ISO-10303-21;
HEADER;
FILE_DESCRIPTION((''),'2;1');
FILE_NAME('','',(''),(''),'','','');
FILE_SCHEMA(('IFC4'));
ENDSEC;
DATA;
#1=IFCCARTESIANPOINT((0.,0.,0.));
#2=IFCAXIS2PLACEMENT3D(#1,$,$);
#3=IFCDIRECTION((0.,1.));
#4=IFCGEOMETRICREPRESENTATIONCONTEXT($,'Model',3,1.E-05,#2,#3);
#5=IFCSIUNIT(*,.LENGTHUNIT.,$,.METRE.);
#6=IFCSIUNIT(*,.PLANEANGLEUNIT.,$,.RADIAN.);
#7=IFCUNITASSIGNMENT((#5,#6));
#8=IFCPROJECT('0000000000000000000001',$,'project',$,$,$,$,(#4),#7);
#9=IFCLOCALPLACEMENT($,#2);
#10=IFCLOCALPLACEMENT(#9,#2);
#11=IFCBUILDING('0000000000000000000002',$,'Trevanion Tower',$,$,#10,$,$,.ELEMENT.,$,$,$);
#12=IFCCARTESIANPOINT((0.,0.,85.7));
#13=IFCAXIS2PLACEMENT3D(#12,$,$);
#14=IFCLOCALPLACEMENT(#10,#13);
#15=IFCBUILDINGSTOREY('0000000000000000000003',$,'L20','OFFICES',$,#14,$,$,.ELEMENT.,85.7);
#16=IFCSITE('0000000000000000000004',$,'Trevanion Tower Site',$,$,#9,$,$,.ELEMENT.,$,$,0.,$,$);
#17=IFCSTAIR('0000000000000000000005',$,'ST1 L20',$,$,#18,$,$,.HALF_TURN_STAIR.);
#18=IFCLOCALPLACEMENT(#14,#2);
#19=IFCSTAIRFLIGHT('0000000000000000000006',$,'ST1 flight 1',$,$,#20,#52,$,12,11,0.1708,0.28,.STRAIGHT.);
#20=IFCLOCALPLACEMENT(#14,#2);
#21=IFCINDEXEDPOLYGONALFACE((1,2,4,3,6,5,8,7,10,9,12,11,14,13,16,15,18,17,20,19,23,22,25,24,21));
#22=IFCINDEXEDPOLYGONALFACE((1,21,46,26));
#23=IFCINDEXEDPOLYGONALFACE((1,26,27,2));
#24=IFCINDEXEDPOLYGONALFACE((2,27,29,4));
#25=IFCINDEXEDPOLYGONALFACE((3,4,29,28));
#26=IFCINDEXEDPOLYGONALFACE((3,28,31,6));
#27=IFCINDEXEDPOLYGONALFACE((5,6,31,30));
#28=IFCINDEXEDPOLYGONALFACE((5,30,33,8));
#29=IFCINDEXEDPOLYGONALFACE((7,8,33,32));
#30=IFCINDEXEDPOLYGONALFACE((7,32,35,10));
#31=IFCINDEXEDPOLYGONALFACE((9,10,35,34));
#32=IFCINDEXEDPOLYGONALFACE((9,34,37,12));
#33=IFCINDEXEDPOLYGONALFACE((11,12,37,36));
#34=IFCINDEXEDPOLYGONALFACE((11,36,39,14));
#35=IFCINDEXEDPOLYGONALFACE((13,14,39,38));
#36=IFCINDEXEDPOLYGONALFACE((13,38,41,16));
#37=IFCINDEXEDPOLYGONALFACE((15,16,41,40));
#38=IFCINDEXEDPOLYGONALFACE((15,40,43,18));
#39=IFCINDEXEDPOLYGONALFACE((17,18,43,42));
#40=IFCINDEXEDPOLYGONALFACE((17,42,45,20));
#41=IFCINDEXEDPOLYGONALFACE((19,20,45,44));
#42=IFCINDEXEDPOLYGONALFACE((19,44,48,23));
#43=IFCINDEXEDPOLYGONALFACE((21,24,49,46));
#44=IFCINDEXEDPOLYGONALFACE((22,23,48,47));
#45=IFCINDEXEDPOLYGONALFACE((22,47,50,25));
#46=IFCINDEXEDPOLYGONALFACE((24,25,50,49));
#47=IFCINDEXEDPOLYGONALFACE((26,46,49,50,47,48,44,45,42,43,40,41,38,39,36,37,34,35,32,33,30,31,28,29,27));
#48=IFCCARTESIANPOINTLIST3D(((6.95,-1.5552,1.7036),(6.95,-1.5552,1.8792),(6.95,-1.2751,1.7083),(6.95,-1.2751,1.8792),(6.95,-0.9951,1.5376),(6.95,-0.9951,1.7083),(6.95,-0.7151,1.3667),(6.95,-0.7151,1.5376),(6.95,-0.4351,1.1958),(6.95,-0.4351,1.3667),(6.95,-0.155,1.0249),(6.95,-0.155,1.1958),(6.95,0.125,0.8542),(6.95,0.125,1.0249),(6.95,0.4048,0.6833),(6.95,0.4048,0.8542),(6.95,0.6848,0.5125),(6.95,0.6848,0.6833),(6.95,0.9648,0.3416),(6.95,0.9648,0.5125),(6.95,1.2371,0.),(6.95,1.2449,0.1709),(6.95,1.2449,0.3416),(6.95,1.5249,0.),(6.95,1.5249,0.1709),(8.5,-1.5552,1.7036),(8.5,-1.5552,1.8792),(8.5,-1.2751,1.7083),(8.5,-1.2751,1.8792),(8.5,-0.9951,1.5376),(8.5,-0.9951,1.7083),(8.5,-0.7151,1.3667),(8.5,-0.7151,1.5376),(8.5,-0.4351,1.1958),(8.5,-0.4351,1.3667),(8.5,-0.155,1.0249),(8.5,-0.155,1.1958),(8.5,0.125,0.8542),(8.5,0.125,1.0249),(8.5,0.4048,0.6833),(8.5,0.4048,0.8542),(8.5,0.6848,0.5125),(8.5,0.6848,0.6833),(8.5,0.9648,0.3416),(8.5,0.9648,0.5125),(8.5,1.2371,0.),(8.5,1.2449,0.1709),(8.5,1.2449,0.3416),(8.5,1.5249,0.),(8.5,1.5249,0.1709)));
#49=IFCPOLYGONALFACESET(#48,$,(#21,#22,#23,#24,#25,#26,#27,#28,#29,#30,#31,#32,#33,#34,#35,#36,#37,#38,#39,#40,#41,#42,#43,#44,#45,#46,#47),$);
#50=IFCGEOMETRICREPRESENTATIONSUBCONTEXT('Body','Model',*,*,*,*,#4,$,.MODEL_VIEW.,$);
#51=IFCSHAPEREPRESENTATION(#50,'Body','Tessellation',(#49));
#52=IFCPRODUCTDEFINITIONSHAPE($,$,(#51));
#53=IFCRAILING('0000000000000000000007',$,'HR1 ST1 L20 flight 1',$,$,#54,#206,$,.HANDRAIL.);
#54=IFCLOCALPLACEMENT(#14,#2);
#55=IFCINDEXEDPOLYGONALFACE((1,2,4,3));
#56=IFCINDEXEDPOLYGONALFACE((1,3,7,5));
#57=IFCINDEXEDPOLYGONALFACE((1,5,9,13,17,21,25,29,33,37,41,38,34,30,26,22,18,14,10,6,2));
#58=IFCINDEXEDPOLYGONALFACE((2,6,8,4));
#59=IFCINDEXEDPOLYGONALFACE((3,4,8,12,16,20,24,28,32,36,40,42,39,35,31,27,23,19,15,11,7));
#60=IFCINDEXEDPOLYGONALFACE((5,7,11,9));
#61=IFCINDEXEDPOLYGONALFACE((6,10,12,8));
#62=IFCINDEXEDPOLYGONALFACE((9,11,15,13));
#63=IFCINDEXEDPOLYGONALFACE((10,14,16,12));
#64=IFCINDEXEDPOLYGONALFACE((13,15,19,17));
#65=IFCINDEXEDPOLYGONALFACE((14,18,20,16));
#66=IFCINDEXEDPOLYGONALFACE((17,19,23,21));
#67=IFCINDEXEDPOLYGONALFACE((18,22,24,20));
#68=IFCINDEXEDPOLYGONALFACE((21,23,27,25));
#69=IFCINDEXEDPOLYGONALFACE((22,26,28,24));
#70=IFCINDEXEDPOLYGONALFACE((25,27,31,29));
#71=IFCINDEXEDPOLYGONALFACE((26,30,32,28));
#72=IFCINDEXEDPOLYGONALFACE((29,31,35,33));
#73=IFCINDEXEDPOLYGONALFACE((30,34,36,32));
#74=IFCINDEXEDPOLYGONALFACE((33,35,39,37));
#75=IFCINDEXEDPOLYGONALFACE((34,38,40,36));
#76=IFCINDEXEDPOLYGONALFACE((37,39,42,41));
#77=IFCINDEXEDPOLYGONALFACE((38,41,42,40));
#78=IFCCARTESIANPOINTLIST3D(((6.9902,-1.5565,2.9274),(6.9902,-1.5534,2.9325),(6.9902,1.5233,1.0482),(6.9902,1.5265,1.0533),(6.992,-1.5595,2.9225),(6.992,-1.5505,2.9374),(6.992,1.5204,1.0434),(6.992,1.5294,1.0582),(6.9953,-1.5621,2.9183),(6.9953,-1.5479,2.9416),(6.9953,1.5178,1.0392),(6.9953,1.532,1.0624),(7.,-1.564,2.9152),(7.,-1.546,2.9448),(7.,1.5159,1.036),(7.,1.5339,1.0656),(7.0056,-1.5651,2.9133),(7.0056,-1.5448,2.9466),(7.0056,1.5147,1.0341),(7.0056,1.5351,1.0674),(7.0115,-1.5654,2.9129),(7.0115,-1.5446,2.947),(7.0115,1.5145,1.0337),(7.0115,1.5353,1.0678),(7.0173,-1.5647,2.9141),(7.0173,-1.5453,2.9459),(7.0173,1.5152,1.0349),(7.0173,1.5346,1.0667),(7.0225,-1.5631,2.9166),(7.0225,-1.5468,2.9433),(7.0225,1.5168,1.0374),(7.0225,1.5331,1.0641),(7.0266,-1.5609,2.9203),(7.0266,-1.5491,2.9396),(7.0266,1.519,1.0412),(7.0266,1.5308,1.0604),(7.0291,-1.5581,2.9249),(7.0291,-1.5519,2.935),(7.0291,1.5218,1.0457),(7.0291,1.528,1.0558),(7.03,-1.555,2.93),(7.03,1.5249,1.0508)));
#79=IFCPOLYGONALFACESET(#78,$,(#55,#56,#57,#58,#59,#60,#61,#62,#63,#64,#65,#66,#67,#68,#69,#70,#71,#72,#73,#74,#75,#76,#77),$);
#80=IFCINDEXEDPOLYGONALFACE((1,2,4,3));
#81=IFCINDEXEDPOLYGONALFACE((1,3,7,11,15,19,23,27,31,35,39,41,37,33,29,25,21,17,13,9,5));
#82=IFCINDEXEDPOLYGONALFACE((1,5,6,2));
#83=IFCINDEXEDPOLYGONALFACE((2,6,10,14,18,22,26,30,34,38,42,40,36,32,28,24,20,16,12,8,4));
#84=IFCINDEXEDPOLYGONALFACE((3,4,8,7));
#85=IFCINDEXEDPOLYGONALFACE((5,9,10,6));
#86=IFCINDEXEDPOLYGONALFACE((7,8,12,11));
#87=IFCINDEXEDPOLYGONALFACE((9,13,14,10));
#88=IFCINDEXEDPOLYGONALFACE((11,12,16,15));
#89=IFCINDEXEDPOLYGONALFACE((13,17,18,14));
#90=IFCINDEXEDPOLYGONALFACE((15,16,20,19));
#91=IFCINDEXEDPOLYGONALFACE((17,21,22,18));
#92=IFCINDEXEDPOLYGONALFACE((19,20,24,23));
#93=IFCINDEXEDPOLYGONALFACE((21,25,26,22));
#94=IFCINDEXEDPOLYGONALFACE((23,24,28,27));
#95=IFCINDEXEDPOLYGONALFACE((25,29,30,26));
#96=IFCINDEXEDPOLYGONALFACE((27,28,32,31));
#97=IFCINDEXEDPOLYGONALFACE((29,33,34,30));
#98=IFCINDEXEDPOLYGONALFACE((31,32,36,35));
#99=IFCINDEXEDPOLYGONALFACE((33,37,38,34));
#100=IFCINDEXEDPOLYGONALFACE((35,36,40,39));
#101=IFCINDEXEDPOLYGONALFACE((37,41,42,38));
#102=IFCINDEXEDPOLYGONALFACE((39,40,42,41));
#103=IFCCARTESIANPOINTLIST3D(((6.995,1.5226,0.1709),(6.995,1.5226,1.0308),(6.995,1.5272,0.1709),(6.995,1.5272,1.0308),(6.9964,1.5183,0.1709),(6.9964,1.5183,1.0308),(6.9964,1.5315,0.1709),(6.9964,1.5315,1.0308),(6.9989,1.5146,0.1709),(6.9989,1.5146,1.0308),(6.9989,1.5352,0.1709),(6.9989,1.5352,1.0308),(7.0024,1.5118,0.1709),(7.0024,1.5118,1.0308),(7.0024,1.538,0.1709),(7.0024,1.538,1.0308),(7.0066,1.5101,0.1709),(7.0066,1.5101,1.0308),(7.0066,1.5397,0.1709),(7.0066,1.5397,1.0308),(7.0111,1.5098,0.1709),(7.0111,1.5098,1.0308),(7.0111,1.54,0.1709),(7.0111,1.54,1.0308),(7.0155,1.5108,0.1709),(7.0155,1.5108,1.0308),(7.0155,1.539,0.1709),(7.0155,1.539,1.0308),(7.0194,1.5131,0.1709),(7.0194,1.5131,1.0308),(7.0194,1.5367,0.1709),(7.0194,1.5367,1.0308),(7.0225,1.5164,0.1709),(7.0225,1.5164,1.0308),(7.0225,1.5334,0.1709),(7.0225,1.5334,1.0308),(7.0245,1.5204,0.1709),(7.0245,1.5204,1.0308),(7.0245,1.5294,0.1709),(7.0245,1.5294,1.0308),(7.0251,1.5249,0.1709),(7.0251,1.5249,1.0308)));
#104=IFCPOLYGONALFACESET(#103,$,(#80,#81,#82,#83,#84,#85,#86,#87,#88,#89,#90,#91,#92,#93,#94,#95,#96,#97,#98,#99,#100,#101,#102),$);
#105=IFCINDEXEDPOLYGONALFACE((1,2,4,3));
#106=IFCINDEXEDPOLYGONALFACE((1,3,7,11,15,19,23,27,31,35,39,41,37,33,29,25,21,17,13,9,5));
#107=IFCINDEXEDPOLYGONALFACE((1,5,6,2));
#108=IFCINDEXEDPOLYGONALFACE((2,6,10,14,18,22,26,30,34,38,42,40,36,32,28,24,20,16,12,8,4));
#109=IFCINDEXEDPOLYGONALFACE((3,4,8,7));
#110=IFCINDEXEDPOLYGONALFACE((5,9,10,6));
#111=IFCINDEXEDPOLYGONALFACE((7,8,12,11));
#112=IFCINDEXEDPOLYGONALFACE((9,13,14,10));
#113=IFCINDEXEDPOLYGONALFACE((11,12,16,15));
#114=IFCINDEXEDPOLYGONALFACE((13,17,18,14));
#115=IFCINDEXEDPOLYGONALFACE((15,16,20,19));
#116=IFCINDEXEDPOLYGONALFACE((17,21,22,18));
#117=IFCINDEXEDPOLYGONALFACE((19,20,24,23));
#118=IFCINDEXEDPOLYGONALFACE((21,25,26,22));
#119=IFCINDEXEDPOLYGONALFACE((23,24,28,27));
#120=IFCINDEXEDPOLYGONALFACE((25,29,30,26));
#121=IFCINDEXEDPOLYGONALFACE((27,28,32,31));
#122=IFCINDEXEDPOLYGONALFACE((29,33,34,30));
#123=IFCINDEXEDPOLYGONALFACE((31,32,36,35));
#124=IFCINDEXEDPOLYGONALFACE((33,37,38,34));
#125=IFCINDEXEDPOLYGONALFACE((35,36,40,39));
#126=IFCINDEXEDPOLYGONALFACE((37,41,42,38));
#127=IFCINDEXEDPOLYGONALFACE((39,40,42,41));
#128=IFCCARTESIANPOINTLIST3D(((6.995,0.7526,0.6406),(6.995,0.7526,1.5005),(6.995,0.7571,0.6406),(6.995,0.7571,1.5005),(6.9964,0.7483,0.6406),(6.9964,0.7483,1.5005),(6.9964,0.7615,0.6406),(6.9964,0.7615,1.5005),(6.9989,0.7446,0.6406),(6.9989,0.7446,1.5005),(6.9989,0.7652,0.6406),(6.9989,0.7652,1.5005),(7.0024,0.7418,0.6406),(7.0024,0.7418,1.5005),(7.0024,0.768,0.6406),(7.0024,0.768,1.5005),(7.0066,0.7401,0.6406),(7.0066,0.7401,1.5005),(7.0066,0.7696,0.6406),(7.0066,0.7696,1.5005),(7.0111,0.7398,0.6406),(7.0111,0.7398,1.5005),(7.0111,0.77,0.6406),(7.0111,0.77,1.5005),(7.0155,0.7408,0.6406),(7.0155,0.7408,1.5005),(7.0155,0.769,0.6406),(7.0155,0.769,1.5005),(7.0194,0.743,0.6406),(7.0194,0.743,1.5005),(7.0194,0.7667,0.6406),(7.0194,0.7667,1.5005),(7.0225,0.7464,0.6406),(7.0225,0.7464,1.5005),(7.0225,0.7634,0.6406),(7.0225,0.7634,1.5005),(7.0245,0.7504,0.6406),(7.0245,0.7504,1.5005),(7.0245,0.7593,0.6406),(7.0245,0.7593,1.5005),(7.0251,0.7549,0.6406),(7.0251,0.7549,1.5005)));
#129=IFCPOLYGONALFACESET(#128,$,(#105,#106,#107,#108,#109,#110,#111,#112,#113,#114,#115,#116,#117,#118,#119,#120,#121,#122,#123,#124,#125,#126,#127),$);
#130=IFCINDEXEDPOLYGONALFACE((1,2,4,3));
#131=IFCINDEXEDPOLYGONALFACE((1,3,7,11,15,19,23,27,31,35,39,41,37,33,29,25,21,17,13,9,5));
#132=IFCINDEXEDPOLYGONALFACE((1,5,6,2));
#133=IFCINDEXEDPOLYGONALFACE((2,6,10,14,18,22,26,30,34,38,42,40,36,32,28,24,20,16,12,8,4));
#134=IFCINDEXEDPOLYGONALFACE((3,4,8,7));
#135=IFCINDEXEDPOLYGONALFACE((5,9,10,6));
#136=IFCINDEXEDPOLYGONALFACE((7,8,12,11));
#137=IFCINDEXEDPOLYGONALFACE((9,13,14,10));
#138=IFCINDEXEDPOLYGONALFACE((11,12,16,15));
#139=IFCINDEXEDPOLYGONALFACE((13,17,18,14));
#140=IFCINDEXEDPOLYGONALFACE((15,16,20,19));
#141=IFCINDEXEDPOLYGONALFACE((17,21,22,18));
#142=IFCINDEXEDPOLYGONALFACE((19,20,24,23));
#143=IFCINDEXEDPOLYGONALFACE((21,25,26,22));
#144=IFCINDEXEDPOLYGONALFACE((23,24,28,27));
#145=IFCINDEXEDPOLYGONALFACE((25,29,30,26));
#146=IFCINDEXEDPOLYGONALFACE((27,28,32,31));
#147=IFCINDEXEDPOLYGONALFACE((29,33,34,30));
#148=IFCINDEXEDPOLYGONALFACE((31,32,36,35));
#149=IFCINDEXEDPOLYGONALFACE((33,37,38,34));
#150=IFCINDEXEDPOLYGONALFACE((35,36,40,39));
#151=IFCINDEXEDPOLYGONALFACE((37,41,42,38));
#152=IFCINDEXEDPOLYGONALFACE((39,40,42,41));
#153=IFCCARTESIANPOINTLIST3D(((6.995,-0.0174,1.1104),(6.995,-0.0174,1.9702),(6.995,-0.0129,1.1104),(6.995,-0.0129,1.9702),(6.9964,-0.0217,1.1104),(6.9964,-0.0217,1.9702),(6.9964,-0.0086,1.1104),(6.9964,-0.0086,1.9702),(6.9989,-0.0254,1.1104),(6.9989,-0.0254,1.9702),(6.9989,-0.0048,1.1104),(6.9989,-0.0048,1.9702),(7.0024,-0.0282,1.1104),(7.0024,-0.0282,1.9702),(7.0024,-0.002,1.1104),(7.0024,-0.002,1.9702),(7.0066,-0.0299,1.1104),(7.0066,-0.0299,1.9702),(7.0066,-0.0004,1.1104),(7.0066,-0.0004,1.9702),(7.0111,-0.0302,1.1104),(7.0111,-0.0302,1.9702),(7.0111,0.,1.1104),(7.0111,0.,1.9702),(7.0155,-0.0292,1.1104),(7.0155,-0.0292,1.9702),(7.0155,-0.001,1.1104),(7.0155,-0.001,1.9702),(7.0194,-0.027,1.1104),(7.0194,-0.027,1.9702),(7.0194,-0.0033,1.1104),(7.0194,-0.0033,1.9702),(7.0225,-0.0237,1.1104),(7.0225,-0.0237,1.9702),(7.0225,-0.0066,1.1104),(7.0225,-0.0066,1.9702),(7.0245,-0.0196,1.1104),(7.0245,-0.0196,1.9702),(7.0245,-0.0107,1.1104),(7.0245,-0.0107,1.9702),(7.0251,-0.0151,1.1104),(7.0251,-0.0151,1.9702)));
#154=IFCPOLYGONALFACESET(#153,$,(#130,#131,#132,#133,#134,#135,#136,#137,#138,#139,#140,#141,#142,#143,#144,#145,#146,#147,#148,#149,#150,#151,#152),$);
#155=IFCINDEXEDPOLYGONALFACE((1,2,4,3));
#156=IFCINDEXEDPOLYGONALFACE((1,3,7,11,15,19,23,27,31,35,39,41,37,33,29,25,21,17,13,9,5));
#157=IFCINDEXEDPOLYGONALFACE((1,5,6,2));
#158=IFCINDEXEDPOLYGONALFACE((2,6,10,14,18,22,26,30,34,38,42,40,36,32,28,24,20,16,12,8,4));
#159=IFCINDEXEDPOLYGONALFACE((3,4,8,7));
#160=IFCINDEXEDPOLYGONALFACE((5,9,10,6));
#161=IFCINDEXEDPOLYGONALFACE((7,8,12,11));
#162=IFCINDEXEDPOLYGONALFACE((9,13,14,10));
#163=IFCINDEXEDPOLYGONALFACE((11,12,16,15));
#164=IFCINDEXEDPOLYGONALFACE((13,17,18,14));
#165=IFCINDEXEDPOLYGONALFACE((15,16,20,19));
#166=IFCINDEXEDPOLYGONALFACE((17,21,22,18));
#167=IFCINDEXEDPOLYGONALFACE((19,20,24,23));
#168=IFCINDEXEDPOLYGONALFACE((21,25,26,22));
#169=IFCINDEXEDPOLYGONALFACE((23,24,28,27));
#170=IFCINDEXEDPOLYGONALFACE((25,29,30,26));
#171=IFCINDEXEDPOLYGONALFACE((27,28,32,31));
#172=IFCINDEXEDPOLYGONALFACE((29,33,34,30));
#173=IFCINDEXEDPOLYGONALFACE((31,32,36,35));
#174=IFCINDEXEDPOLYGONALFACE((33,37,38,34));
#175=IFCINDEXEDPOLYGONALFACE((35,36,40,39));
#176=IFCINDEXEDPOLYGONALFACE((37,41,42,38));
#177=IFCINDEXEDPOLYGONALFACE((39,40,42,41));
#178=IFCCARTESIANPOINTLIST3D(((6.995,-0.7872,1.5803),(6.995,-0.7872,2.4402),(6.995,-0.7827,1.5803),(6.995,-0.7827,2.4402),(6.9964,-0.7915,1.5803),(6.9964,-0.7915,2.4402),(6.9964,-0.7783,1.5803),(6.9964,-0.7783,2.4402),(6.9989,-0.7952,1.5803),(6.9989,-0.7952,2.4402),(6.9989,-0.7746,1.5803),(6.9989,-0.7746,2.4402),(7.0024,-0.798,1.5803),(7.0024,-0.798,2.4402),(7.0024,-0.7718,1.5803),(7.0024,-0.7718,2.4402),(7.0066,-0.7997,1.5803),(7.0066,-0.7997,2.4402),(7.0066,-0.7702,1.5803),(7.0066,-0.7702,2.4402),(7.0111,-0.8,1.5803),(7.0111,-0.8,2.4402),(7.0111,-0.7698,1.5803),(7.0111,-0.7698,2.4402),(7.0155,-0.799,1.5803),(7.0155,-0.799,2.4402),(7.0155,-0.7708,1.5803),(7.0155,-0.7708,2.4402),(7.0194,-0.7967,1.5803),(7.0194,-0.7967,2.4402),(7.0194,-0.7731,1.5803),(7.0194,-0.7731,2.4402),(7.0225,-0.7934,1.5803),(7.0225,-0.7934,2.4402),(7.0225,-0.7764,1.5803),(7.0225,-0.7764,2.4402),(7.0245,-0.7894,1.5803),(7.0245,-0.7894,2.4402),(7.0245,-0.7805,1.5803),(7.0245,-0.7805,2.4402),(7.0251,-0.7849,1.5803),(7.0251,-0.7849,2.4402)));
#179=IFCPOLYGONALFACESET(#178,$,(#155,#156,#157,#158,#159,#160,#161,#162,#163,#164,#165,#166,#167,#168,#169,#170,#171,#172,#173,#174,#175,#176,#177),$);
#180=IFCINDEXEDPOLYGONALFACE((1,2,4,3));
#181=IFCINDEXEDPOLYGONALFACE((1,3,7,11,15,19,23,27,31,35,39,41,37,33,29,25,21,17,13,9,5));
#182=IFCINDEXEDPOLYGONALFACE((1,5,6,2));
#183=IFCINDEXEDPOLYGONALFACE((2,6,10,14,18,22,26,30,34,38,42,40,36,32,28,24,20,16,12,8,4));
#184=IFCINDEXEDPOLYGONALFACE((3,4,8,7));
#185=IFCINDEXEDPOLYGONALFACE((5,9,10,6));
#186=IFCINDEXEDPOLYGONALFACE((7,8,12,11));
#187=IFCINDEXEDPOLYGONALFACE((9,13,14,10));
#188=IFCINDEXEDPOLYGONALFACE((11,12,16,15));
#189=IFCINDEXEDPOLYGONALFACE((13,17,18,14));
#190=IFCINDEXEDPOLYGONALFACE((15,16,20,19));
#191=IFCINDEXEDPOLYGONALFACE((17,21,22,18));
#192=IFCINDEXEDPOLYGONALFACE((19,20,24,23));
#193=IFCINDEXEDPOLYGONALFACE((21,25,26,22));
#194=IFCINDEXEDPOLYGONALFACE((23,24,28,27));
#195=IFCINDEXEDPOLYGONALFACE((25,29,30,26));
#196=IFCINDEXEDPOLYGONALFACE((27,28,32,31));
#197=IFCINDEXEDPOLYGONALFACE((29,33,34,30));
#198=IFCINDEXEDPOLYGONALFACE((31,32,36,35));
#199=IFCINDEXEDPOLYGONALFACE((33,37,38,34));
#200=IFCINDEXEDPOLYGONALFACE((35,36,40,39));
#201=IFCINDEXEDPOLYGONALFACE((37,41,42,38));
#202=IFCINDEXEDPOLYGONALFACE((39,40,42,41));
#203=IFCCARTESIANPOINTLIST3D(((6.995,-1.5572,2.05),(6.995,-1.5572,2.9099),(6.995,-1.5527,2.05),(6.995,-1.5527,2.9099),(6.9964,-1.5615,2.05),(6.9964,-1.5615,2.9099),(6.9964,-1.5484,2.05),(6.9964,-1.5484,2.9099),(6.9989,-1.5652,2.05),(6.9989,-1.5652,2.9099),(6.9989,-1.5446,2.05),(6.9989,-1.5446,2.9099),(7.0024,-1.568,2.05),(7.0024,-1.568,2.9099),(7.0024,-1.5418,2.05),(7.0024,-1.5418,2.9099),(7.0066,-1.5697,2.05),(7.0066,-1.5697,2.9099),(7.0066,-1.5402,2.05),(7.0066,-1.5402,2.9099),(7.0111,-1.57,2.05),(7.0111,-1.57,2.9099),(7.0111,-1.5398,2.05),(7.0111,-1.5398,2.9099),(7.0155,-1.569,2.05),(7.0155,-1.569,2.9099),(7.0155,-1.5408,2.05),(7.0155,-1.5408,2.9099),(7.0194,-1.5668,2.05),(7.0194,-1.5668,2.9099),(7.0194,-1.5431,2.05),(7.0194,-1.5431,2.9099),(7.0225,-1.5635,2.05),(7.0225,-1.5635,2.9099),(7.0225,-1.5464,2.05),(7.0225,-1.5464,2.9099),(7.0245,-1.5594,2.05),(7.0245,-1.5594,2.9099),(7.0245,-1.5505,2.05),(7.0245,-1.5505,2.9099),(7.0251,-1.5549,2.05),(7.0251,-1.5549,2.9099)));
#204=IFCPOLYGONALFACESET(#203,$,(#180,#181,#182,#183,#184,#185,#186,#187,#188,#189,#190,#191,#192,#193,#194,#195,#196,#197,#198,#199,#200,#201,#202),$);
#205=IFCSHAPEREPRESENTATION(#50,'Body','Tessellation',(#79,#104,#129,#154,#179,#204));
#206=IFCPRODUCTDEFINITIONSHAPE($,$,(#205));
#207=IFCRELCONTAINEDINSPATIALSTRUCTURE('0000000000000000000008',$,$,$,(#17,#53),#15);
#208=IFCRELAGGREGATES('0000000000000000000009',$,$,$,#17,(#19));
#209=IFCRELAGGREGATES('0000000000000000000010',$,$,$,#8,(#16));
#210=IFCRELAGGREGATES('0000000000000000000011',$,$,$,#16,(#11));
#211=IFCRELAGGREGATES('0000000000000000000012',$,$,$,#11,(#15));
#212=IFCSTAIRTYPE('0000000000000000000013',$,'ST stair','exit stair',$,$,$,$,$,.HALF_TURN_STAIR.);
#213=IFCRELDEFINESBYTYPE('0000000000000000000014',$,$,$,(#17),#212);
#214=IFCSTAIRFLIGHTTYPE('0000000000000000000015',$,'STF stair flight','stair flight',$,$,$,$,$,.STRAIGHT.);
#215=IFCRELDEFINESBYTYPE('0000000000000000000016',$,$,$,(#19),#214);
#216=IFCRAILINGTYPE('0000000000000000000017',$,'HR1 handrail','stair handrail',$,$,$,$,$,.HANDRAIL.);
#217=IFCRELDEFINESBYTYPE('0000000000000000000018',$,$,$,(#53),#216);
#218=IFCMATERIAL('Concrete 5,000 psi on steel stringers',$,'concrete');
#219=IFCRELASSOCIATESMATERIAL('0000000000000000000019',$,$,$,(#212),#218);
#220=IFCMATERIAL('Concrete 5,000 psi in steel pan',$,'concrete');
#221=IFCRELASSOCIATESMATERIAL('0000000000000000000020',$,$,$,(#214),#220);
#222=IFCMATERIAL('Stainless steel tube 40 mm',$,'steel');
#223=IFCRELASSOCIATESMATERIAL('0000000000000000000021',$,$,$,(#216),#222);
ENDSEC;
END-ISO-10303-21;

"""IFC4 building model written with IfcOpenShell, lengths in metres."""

from ifc_helpers import new_model, si_unit, direction, frame, origin, origin_2d, place, context, subcontext, project, spatial, polyline, circle, outline, extrude, material, type_object, element, aggregate, save


model = new_model("IFC4")

# Units and contexts
model_context = context("Model", 3, precision=1e-05, world=origin(), true_north=direction((0.0, 1.0)))
body_context = subcontext(model_context, "Body", "Model", "MODEL_VIEW")
ifc_project = project(units=[si_unit("LENGTHUNIT", "METRE"), si_unit("PLANEANGLEUNIT", "RADIAN")], contexts=[model_context])

# Site, building, storey
site_placement = place(None, origin())
site = spatial("IfcSite", under=ifc_project, at=site_placement, Name="Trevanion Tower Site", CompositionType="ELEMENT", RefElevation=0.0)
building_placement = place(site_placement, origin())
building = spatial("IfcBuilding", under=site, at=building_placement, Name="Trevanion Tower", CompositionType="ELEMENT")
storey_placement = place(building_placement, frame((0.0, 0.0, 85.7)))
storey = spatial("IfcBuildingStorey", under=building, at=storey_placement, Name="L20", Description="OFFICES", CompositionType="ELEMENT", Elevation=85.7)

# Stair, stair flight
ifc_material_1 = material(Name="Concrete 5,000 psi on steel stringers", Category="concrete")
stair_type = type_object("IfcStairType", Name="ST stair", Description="exit stair", PredefinedType="HALF_TURN_STAIR", material=ifc_material_1)
stair_placement = place(storey_placement, origin())
stair = element("IfcStair", 1, at=stair_placement, inside=storey, type_object=stair_type, Name="ST1 L20", PredefinedType="HALF_TURN_STAIR")
ifc_material_2 = material(Name="Concrete 5,000 psi in steel pan", Category="concrete")
stair_flight_type = type_object("IfcStairFlightType", Name="STF stair flight", Description="stair flight", PredefinedType="STRAIGHT", material=ifc_material_2)
stair_flight_placement = place(storey_placement, frame((7.7251, 1.5249, 0.0), z_axis=(0.0, 0.0, 1.0), x_axis=(0.0, -1.0, 0.0)))
stair_flight = element("IfcStairFlight", 2, at=stair_flight_placement, type_object=stair_flight_type, Name="ST1 flight 1", NumberOfRisers=12, NumberOfTreads=11, PredefinedType="STRAIGHT", RiserHeight=0.1708, TreadLength=0.28, context=body_context, shape_type="SweptSolid", body=[
    extrude(outline(polyline([(0.0, 0.0), (0.0, 0.1709), (0.28, 0.1709), (0.28, 0.3416), (0.5601, 0.3416), (0.5601, 0.5125), (0.8401, 0.5125), (0.8401, 0.6833), (1.1201, 0.6833), (1.1201, 0.8542), (1.3999, 0.8542), (1.3999, 1.0249), (1.6799, 1.0249), (1.6799, 1.1958), (1.96, 1.1958), (1.96, 1.3667), (2.24, 1.3667), (2.24, 1.5376), (2.52, 1.5376), (2.52, 1.7083), (2.8, 1.7083), (2.8, 1.8792), (3.0801, 1.8792), (3.0801, 2.05), (3.0801, 1.7036), (0.2878, 0.0), (0.0, 0.0)])), frame((0.0, 0.7749, 0.0), z_axis=(0.0, -1.0, 0.0), x_axis=(1.0, 0.0, 0.0)), (0.0, 0.0, 1.0), 1.55),
])
aggregate(stair, [stair_flight])

# Railing
ifc_material_3 = material(Name="Stainless steel tube 40 mm", Category="steel")
railing_type = type_object("IfcRailingType", Name="HR1 handrail", Description="stair handrail", PredefinedType="HANDRAIL", material=ifc_material_3)
for number, where, name in (
    (3, (7.01, 1.5249, 0.1709), "HR1 ST1 L20 flight 1"),
):
    element("IfcRailing", number, at=place(storey_placement, frame(where)), inside=storey, type_object=railing_type, Name=name, PredefinedType="HANDRAIL", context=body_context, shape_type="SweptSolid", body=[
        extrude(circle(Radius=0.02, at=origin_2d()), frame((0.0, 0.0, 0.8799), z_axis=(0.0, -0.853648, 0.52085), x_axis=(1.0, 0.0, 0.0)), (0.0, 0.0, 1.0), 3.6079),
        extrude(circle(Radius=0.0151, at=origin_2d()), origin(), (0.0, 0.0, 1.0), 0.8599),
        extrude(circle(Radius=0.0151, at=origin_2d()), frame((0.0, -0.77, 0.4697)), (0.0, 0.0, 1.0), 0.8599),
        extrude(circle(Radius=0.0151, at=origin_2d()), frame((0.0, -1.54, 0.9395)), (0.0, 0.0, 1.0), 0.8599),
        extrude(circle(Radius=0.0151, at=origin_2d()), frame((0.0, -2.3098, 1.4094)), (0.0, 0.0, 1.0), 0.8599),
        extrude(circle(Radius=0.0151, at=origin_2d()), frame((0.0, -3.0798, 1.8792)), (0.0, 0.0, 1.0), 0.8599),
    ])

save(model, "model.ifc")
